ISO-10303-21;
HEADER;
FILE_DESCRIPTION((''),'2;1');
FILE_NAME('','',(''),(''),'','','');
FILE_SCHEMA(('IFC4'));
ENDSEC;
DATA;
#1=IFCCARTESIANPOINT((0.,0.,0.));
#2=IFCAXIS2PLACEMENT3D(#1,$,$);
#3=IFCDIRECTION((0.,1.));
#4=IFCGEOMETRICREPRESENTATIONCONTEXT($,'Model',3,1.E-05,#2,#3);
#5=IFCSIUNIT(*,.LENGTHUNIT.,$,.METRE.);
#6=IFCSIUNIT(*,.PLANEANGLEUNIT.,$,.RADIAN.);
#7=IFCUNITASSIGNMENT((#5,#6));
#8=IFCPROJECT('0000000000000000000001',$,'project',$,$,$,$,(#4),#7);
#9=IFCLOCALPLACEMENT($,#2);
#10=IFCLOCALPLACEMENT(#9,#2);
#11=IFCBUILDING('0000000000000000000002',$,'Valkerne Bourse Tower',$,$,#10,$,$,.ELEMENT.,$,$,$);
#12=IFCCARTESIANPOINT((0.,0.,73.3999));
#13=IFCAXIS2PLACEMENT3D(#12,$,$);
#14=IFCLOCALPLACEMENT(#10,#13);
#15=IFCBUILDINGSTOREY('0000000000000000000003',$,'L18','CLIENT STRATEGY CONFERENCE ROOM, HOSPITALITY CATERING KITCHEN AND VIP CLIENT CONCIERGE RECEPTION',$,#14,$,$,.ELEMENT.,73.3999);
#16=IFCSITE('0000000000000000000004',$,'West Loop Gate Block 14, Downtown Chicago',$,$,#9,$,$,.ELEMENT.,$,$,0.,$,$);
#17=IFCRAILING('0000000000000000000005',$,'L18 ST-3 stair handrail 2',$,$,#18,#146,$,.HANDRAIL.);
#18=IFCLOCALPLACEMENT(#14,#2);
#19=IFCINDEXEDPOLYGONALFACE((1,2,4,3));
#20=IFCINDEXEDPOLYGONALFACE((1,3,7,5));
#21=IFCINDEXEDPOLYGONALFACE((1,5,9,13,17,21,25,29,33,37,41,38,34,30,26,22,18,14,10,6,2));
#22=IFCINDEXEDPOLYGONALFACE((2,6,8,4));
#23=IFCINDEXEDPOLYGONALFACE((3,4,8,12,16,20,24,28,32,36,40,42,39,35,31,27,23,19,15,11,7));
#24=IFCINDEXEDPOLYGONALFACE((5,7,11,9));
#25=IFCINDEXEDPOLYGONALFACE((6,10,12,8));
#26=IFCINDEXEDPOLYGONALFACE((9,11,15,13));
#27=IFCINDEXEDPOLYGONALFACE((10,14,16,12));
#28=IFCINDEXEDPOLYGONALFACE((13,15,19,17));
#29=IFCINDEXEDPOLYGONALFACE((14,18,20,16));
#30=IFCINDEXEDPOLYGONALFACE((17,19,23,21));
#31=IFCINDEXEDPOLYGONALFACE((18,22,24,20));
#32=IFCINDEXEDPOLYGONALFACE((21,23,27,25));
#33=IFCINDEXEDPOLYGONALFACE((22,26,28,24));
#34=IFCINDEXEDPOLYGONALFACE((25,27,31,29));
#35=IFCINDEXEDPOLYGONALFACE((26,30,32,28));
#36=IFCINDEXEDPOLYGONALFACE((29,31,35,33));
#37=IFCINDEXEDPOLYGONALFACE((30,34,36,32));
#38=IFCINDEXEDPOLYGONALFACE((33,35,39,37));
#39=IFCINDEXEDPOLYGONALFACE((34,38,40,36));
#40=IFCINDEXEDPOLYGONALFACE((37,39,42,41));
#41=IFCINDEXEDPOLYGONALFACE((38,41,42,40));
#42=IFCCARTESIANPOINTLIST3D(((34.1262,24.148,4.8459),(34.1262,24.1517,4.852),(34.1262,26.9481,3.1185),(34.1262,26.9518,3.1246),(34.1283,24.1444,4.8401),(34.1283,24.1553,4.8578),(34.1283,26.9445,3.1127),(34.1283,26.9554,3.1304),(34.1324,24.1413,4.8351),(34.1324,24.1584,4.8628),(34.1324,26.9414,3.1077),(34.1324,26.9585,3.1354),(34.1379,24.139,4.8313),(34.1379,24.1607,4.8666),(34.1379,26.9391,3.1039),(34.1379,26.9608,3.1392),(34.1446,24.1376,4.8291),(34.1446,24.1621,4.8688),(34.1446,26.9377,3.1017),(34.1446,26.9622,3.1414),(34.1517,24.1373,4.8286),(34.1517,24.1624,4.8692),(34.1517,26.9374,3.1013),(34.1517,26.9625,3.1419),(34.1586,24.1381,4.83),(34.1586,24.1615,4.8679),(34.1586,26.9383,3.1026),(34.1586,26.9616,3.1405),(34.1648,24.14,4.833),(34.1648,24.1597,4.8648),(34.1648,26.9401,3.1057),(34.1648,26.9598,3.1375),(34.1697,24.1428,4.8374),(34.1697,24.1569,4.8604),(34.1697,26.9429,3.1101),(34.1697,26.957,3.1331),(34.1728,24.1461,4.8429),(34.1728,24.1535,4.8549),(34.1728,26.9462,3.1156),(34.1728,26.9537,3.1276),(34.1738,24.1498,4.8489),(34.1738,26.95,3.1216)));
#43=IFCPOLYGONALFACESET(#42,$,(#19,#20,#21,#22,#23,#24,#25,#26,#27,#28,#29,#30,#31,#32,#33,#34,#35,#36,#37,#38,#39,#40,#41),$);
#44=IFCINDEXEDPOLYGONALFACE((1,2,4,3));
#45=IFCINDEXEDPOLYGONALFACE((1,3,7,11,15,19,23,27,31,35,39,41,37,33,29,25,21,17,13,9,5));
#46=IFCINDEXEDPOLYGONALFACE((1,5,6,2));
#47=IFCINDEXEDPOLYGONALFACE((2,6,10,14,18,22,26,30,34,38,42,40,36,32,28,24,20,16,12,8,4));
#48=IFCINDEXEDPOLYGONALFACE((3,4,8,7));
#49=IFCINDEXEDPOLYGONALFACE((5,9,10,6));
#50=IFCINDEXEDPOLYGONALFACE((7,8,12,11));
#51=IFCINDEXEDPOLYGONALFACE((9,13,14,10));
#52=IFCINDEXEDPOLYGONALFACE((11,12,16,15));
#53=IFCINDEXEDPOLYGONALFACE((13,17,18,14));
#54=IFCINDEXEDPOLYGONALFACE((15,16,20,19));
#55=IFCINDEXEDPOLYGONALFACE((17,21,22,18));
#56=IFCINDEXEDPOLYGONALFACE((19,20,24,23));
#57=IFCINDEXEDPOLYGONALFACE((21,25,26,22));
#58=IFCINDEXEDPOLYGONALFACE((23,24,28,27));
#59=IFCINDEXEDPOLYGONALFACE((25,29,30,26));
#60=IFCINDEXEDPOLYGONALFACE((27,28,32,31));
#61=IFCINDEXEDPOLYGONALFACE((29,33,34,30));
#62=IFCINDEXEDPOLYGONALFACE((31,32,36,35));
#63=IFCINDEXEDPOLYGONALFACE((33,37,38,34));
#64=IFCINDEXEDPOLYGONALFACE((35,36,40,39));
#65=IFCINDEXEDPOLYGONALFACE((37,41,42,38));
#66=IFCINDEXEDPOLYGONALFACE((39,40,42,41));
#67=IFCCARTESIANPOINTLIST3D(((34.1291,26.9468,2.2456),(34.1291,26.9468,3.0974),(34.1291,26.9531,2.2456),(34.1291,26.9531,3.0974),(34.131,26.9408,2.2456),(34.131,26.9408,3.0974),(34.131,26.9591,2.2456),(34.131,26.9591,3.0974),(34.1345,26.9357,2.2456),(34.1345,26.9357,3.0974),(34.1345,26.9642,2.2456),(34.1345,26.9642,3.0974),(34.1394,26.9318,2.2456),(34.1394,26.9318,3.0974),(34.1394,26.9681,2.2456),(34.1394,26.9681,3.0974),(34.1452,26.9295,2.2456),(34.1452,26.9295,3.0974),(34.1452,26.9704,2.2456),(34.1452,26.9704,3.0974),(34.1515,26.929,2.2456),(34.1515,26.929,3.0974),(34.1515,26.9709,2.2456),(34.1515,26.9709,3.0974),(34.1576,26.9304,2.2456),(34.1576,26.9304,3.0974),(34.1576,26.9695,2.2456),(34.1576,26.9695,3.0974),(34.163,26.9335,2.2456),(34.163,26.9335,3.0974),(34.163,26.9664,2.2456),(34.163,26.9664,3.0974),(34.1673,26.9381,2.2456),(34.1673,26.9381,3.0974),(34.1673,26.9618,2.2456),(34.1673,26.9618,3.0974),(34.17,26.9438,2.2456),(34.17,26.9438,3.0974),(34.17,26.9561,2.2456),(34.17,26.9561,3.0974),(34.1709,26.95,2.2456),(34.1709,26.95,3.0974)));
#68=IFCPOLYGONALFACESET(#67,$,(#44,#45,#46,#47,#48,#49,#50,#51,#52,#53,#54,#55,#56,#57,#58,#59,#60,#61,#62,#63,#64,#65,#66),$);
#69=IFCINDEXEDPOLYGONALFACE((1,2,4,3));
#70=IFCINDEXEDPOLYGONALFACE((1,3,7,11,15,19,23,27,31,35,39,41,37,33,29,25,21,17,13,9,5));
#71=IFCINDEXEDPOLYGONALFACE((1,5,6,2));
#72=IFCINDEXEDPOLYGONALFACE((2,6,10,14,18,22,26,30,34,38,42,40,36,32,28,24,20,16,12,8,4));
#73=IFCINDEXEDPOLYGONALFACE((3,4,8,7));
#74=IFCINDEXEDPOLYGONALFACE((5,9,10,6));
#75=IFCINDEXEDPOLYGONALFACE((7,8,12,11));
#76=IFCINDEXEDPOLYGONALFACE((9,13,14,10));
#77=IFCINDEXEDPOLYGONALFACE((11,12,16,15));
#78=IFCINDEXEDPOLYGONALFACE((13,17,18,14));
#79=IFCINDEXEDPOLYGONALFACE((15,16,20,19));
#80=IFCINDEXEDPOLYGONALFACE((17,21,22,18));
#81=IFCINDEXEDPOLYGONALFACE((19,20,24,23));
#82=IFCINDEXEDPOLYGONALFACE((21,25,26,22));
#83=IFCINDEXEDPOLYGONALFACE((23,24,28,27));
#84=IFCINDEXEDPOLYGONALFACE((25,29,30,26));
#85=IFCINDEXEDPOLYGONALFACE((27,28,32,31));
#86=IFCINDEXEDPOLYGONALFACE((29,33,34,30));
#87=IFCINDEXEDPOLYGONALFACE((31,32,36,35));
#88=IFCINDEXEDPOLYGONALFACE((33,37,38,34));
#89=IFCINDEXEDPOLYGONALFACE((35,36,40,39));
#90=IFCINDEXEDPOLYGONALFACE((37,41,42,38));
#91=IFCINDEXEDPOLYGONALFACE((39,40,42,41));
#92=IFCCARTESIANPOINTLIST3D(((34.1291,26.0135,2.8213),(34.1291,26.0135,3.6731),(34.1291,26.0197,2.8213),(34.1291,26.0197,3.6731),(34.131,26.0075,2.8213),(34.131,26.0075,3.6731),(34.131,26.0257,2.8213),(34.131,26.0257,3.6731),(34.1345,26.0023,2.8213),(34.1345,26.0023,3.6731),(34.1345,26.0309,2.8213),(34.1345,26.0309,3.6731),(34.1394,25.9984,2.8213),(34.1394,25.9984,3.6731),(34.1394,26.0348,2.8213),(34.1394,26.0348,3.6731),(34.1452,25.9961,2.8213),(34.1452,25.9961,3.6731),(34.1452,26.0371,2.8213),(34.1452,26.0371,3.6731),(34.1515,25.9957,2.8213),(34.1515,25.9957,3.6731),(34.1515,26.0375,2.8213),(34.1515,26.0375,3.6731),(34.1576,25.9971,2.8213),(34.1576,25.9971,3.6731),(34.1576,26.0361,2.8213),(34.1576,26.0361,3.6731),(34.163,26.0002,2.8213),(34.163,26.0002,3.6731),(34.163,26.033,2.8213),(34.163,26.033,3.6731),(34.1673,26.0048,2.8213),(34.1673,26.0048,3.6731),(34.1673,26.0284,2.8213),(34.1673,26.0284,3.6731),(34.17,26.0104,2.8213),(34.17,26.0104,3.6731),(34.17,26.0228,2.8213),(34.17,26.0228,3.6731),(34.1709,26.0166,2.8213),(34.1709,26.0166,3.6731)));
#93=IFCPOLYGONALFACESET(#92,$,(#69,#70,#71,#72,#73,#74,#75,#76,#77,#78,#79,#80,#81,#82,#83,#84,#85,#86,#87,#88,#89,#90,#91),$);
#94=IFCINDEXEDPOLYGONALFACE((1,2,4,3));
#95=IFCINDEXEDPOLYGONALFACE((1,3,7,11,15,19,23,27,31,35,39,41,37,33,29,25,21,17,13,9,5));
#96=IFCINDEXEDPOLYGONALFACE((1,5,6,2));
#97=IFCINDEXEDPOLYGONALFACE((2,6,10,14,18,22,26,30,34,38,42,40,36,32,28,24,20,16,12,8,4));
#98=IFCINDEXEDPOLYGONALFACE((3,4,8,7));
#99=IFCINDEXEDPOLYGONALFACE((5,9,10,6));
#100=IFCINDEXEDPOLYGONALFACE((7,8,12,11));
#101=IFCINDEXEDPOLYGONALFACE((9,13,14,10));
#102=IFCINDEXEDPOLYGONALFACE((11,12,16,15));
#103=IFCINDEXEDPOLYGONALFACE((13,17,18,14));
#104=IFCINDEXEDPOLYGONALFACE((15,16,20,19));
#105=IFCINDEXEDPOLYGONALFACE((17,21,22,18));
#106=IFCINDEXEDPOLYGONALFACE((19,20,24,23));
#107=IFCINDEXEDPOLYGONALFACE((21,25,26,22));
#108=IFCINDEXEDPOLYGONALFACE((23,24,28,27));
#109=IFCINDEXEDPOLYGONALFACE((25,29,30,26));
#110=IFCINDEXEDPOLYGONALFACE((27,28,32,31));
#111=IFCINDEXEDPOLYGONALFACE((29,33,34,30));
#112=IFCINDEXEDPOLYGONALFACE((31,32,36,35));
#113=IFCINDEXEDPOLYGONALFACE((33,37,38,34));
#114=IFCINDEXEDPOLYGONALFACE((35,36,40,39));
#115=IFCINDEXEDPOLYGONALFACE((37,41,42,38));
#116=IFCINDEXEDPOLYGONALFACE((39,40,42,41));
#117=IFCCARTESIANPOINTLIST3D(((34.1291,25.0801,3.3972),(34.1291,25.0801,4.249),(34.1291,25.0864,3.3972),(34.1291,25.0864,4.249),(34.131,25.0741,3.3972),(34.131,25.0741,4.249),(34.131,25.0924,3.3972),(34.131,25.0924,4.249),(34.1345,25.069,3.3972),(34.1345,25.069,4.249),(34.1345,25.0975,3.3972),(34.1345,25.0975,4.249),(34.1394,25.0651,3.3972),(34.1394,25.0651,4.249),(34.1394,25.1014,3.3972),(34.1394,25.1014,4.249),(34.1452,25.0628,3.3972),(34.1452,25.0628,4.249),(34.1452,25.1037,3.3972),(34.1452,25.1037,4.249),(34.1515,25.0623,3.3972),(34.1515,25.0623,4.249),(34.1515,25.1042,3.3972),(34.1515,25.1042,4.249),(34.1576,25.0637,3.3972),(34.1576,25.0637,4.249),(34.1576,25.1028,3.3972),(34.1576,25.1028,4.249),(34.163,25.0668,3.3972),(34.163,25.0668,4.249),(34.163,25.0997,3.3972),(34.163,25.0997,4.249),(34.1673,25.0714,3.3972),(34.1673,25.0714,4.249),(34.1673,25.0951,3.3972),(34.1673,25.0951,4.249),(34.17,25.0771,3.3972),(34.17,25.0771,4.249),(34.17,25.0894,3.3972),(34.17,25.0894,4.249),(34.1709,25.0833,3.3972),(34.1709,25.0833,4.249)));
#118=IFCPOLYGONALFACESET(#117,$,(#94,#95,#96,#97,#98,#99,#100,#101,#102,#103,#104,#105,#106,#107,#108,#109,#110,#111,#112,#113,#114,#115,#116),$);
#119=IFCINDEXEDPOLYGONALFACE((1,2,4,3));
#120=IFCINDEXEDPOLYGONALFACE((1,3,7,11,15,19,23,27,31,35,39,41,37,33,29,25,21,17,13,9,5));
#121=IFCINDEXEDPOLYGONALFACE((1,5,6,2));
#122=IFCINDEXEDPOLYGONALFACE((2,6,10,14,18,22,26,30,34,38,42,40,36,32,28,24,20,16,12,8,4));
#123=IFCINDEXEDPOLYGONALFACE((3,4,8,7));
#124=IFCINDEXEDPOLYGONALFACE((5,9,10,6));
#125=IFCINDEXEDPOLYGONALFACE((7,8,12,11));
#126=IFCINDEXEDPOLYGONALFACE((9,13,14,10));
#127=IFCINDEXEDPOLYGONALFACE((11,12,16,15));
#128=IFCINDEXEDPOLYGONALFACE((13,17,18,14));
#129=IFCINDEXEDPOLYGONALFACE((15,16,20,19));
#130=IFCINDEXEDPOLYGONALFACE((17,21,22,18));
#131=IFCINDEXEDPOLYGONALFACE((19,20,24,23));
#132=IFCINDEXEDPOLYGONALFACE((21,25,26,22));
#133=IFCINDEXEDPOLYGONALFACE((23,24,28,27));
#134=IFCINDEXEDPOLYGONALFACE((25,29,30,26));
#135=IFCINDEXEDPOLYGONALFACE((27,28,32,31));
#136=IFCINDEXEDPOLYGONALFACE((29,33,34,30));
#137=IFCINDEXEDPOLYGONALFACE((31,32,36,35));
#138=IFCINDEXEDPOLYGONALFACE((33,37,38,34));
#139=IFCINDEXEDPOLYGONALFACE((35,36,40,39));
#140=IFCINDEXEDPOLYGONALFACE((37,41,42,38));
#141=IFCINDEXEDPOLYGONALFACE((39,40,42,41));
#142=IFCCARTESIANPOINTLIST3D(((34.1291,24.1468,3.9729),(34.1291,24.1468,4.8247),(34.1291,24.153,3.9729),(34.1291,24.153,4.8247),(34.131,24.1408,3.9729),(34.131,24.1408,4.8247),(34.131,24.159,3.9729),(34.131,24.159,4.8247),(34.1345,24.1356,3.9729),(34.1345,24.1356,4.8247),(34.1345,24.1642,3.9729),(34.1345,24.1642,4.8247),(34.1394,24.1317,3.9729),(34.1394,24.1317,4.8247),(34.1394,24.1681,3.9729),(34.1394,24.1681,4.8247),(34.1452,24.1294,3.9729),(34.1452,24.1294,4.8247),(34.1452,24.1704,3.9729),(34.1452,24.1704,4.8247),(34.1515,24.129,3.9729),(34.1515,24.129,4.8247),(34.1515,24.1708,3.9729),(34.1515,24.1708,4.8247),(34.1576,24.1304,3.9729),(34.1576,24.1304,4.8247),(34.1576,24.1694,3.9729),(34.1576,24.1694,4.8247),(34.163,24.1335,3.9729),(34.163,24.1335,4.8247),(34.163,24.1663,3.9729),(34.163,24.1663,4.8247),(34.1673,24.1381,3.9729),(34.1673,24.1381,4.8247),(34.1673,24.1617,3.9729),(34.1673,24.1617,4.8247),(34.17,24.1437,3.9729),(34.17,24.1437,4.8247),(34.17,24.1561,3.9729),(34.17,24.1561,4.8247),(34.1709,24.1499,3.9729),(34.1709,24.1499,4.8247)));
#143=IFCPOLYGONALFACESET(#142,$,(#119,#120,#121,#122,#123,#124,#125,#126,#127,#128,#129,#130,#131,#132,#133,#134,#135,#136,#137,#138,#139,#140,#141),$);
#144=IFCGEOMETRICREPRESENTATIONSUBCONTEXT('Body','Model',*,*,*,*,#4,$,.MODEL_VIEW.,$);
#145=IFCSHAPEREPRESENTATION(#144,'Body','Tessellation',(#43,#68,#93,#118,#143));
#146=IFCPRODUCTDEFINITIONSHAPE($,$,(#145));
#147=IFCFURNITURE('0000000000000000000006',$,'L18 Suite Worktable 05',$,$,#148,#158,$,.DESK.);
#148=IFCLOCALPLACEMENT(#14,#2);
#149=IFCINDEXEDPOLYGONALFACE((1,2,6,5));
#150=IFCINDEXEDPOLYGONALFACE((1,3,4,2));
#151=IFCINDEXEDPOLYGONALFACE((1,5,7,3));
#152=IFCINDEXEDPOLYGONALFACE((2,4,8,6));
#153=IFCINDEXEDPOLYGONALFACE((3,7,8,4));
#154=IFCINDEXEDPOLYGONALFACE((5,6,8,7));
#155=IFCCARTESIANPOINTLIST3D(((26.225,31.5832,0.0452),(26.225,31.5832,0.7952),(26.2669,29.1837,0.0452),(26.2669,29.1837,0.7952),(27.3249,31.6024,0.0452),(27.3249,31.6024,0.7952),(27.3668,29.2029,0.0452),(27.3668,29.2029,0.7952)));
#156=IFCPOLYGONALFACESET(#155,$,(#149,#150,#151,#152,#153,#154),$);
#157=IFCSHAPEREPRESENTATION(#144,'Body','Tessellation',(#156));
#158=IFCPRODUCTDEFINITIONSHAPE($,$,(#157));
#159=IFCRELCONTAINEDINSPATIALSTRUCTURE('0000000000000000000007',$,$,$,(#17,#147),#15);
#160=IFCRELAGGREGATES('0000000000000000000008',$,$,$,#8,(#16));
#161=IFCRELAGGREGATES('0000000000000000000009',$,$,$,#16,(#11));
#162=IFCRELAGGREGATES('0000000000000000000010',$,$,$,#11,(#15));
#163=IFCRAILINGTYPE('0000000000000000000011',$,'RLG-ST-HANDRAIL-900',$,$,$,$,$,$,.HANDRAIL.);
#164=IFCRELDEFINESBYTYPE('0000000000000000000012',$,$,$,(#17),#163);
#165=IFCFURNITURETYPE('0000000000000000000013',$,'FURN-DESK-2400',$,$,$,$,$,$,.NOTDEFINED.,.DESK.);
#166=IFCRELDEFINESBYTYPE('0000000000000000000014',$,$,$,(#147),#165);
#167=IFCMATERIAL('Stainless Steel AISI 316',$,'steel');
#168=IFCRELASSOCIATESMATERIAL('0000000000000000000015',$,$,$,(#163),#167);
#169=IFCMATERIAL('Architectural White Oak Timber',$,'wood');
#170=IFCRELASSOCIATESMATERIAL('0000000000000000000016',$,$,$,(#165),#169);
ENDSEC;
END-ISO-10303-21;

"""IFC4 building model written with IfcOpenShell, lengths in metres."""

from ifc_helpers import new_model, si_unit, direction, frame, origin, origin_2d, place, context, subcontext, project, spatial, rectangle, circle, extrude, material, type_object, element, save


model = new_model("IFC4")

# Units and contexts
model_context = context("Model", 3, precision=1e-05, world=origin(), true_north=direction((0.0, 1.0)))
body_context = subcontext(model_context, "Body", "Model", "MODEL_VIEW")
ifc_project = project(units=[si_unit("LENGTHUNIT", "METRE"), si_unit("PLANEANGLEUNIT", "RADIAN")], contexts=[model_context])

# Site, building, storey
site_placement = place(None, origin())
site = spatial("IfcSite", under=ifc_project, at=site_placement, Name="West Loop Gate Block 14, Downtown Chicago", CompositionType="ELEMENT", RefElevation=0.0)
building_placement = place(site_placement, origin())
building = spatial("IfcBuilding", under=site, at=building_placement, Name="Valkerne Bourse Tower", CompositionType="ELEMENT")
storey_placement = place(building_placement, frame((0.0, 0.0, 73.3999)))
storey = spatial("IfcBuildingStorey", under=building, at=storey_placement, Name="L18", Description="CLIENT STRATEGY CONFERENCE ROOM, HOSPITALITY CATERING KITCHEN AND VIP CLIENT CONCIERGE RECEPTION", CompositionType="ELEMENT", Elevation=73.3999)

# Shared definitions
ifc_material_1 = material(Name="Architectural White Oak Timber", Category="wood")

# Railing
ifc_material_2 = material(Name="Stainless Steel AISI 316", Category="steel")
railing_type_1 = type_object("IfcRailingType", Name="RLG-ST-HANDRAIL-900", PredefinedType="HANDRAIL", material=ifc_material_2)
railing_1_placement = place(storey_placement, frame((34.1499, 26.95, 2.2456)))
element("IfcRailing", 1, at=railing_1_placement, inside=storey, type_object=railing_type_1, Name="L18 ST-3 stair handrail 2", PredefinedType="HANDRAIL", context=body_context, shape_type="SweptSolid", body=[
    extrude(circle(Radius=0.0239, at=origin_2d()), frame((0.0, 0.0, 0.876), z_axis=(0.0, -0.85109, 0.52502), x_axis=(1.0, 0.0, 0.0)), (0.0, 0.0, 1.0), 3.29),
    extrude(circle(Radius=0.021, at=origin_2d()), origin(), (0.0, 0.0, 1.0), 0.8518),
    extrude(circle(Radius=0.021, at=origin_2d()), frame((0.0, -0.9333, 0.5757)), (0.0, 0.0, 1.0), 0.8518),
    extrude(circle(Radius=0.021, at=origin_2d()), frame((0.0, -1.8667, 1.1516)), (0.0, 0.0, 1.0), 0.8518),
    extrude(circle(Radius=0.021, at=origin_2d()), frame((0.0, -2.8, 1.7273)), (0.0, 0.0, 1.0), 0.8518),
])

# Furniture
furniture_type = type_object("IfcFurnitureType", Name="FURN-DESK-2400", AssemblyPlace="NOTDEFINED", PredefinedType="DESK", material=ifc_material_1)
furniture_placement = place(storey_placement, frame((26.7959, 30.3931, 0.0452), z_axis=(0.0, 0.0, 1.0), x_axis=(-0.017452, 0.999848, 0.0)))
element("IfcFurniture", 2, at=furniture_placement, inside=storey, type_object=furniture_type, Name="L18 Suite Worktable 05", PredefinedType="DESK", context=body_context, shape_type="SweptSolid", body=[
    extrude(rectangle(XDim=2.3999, YDim=1.1001, at=origin_2d()), origin(), (0.0, 0.0, 1.0), 0.75),
])

save(model, "model.ifc")
